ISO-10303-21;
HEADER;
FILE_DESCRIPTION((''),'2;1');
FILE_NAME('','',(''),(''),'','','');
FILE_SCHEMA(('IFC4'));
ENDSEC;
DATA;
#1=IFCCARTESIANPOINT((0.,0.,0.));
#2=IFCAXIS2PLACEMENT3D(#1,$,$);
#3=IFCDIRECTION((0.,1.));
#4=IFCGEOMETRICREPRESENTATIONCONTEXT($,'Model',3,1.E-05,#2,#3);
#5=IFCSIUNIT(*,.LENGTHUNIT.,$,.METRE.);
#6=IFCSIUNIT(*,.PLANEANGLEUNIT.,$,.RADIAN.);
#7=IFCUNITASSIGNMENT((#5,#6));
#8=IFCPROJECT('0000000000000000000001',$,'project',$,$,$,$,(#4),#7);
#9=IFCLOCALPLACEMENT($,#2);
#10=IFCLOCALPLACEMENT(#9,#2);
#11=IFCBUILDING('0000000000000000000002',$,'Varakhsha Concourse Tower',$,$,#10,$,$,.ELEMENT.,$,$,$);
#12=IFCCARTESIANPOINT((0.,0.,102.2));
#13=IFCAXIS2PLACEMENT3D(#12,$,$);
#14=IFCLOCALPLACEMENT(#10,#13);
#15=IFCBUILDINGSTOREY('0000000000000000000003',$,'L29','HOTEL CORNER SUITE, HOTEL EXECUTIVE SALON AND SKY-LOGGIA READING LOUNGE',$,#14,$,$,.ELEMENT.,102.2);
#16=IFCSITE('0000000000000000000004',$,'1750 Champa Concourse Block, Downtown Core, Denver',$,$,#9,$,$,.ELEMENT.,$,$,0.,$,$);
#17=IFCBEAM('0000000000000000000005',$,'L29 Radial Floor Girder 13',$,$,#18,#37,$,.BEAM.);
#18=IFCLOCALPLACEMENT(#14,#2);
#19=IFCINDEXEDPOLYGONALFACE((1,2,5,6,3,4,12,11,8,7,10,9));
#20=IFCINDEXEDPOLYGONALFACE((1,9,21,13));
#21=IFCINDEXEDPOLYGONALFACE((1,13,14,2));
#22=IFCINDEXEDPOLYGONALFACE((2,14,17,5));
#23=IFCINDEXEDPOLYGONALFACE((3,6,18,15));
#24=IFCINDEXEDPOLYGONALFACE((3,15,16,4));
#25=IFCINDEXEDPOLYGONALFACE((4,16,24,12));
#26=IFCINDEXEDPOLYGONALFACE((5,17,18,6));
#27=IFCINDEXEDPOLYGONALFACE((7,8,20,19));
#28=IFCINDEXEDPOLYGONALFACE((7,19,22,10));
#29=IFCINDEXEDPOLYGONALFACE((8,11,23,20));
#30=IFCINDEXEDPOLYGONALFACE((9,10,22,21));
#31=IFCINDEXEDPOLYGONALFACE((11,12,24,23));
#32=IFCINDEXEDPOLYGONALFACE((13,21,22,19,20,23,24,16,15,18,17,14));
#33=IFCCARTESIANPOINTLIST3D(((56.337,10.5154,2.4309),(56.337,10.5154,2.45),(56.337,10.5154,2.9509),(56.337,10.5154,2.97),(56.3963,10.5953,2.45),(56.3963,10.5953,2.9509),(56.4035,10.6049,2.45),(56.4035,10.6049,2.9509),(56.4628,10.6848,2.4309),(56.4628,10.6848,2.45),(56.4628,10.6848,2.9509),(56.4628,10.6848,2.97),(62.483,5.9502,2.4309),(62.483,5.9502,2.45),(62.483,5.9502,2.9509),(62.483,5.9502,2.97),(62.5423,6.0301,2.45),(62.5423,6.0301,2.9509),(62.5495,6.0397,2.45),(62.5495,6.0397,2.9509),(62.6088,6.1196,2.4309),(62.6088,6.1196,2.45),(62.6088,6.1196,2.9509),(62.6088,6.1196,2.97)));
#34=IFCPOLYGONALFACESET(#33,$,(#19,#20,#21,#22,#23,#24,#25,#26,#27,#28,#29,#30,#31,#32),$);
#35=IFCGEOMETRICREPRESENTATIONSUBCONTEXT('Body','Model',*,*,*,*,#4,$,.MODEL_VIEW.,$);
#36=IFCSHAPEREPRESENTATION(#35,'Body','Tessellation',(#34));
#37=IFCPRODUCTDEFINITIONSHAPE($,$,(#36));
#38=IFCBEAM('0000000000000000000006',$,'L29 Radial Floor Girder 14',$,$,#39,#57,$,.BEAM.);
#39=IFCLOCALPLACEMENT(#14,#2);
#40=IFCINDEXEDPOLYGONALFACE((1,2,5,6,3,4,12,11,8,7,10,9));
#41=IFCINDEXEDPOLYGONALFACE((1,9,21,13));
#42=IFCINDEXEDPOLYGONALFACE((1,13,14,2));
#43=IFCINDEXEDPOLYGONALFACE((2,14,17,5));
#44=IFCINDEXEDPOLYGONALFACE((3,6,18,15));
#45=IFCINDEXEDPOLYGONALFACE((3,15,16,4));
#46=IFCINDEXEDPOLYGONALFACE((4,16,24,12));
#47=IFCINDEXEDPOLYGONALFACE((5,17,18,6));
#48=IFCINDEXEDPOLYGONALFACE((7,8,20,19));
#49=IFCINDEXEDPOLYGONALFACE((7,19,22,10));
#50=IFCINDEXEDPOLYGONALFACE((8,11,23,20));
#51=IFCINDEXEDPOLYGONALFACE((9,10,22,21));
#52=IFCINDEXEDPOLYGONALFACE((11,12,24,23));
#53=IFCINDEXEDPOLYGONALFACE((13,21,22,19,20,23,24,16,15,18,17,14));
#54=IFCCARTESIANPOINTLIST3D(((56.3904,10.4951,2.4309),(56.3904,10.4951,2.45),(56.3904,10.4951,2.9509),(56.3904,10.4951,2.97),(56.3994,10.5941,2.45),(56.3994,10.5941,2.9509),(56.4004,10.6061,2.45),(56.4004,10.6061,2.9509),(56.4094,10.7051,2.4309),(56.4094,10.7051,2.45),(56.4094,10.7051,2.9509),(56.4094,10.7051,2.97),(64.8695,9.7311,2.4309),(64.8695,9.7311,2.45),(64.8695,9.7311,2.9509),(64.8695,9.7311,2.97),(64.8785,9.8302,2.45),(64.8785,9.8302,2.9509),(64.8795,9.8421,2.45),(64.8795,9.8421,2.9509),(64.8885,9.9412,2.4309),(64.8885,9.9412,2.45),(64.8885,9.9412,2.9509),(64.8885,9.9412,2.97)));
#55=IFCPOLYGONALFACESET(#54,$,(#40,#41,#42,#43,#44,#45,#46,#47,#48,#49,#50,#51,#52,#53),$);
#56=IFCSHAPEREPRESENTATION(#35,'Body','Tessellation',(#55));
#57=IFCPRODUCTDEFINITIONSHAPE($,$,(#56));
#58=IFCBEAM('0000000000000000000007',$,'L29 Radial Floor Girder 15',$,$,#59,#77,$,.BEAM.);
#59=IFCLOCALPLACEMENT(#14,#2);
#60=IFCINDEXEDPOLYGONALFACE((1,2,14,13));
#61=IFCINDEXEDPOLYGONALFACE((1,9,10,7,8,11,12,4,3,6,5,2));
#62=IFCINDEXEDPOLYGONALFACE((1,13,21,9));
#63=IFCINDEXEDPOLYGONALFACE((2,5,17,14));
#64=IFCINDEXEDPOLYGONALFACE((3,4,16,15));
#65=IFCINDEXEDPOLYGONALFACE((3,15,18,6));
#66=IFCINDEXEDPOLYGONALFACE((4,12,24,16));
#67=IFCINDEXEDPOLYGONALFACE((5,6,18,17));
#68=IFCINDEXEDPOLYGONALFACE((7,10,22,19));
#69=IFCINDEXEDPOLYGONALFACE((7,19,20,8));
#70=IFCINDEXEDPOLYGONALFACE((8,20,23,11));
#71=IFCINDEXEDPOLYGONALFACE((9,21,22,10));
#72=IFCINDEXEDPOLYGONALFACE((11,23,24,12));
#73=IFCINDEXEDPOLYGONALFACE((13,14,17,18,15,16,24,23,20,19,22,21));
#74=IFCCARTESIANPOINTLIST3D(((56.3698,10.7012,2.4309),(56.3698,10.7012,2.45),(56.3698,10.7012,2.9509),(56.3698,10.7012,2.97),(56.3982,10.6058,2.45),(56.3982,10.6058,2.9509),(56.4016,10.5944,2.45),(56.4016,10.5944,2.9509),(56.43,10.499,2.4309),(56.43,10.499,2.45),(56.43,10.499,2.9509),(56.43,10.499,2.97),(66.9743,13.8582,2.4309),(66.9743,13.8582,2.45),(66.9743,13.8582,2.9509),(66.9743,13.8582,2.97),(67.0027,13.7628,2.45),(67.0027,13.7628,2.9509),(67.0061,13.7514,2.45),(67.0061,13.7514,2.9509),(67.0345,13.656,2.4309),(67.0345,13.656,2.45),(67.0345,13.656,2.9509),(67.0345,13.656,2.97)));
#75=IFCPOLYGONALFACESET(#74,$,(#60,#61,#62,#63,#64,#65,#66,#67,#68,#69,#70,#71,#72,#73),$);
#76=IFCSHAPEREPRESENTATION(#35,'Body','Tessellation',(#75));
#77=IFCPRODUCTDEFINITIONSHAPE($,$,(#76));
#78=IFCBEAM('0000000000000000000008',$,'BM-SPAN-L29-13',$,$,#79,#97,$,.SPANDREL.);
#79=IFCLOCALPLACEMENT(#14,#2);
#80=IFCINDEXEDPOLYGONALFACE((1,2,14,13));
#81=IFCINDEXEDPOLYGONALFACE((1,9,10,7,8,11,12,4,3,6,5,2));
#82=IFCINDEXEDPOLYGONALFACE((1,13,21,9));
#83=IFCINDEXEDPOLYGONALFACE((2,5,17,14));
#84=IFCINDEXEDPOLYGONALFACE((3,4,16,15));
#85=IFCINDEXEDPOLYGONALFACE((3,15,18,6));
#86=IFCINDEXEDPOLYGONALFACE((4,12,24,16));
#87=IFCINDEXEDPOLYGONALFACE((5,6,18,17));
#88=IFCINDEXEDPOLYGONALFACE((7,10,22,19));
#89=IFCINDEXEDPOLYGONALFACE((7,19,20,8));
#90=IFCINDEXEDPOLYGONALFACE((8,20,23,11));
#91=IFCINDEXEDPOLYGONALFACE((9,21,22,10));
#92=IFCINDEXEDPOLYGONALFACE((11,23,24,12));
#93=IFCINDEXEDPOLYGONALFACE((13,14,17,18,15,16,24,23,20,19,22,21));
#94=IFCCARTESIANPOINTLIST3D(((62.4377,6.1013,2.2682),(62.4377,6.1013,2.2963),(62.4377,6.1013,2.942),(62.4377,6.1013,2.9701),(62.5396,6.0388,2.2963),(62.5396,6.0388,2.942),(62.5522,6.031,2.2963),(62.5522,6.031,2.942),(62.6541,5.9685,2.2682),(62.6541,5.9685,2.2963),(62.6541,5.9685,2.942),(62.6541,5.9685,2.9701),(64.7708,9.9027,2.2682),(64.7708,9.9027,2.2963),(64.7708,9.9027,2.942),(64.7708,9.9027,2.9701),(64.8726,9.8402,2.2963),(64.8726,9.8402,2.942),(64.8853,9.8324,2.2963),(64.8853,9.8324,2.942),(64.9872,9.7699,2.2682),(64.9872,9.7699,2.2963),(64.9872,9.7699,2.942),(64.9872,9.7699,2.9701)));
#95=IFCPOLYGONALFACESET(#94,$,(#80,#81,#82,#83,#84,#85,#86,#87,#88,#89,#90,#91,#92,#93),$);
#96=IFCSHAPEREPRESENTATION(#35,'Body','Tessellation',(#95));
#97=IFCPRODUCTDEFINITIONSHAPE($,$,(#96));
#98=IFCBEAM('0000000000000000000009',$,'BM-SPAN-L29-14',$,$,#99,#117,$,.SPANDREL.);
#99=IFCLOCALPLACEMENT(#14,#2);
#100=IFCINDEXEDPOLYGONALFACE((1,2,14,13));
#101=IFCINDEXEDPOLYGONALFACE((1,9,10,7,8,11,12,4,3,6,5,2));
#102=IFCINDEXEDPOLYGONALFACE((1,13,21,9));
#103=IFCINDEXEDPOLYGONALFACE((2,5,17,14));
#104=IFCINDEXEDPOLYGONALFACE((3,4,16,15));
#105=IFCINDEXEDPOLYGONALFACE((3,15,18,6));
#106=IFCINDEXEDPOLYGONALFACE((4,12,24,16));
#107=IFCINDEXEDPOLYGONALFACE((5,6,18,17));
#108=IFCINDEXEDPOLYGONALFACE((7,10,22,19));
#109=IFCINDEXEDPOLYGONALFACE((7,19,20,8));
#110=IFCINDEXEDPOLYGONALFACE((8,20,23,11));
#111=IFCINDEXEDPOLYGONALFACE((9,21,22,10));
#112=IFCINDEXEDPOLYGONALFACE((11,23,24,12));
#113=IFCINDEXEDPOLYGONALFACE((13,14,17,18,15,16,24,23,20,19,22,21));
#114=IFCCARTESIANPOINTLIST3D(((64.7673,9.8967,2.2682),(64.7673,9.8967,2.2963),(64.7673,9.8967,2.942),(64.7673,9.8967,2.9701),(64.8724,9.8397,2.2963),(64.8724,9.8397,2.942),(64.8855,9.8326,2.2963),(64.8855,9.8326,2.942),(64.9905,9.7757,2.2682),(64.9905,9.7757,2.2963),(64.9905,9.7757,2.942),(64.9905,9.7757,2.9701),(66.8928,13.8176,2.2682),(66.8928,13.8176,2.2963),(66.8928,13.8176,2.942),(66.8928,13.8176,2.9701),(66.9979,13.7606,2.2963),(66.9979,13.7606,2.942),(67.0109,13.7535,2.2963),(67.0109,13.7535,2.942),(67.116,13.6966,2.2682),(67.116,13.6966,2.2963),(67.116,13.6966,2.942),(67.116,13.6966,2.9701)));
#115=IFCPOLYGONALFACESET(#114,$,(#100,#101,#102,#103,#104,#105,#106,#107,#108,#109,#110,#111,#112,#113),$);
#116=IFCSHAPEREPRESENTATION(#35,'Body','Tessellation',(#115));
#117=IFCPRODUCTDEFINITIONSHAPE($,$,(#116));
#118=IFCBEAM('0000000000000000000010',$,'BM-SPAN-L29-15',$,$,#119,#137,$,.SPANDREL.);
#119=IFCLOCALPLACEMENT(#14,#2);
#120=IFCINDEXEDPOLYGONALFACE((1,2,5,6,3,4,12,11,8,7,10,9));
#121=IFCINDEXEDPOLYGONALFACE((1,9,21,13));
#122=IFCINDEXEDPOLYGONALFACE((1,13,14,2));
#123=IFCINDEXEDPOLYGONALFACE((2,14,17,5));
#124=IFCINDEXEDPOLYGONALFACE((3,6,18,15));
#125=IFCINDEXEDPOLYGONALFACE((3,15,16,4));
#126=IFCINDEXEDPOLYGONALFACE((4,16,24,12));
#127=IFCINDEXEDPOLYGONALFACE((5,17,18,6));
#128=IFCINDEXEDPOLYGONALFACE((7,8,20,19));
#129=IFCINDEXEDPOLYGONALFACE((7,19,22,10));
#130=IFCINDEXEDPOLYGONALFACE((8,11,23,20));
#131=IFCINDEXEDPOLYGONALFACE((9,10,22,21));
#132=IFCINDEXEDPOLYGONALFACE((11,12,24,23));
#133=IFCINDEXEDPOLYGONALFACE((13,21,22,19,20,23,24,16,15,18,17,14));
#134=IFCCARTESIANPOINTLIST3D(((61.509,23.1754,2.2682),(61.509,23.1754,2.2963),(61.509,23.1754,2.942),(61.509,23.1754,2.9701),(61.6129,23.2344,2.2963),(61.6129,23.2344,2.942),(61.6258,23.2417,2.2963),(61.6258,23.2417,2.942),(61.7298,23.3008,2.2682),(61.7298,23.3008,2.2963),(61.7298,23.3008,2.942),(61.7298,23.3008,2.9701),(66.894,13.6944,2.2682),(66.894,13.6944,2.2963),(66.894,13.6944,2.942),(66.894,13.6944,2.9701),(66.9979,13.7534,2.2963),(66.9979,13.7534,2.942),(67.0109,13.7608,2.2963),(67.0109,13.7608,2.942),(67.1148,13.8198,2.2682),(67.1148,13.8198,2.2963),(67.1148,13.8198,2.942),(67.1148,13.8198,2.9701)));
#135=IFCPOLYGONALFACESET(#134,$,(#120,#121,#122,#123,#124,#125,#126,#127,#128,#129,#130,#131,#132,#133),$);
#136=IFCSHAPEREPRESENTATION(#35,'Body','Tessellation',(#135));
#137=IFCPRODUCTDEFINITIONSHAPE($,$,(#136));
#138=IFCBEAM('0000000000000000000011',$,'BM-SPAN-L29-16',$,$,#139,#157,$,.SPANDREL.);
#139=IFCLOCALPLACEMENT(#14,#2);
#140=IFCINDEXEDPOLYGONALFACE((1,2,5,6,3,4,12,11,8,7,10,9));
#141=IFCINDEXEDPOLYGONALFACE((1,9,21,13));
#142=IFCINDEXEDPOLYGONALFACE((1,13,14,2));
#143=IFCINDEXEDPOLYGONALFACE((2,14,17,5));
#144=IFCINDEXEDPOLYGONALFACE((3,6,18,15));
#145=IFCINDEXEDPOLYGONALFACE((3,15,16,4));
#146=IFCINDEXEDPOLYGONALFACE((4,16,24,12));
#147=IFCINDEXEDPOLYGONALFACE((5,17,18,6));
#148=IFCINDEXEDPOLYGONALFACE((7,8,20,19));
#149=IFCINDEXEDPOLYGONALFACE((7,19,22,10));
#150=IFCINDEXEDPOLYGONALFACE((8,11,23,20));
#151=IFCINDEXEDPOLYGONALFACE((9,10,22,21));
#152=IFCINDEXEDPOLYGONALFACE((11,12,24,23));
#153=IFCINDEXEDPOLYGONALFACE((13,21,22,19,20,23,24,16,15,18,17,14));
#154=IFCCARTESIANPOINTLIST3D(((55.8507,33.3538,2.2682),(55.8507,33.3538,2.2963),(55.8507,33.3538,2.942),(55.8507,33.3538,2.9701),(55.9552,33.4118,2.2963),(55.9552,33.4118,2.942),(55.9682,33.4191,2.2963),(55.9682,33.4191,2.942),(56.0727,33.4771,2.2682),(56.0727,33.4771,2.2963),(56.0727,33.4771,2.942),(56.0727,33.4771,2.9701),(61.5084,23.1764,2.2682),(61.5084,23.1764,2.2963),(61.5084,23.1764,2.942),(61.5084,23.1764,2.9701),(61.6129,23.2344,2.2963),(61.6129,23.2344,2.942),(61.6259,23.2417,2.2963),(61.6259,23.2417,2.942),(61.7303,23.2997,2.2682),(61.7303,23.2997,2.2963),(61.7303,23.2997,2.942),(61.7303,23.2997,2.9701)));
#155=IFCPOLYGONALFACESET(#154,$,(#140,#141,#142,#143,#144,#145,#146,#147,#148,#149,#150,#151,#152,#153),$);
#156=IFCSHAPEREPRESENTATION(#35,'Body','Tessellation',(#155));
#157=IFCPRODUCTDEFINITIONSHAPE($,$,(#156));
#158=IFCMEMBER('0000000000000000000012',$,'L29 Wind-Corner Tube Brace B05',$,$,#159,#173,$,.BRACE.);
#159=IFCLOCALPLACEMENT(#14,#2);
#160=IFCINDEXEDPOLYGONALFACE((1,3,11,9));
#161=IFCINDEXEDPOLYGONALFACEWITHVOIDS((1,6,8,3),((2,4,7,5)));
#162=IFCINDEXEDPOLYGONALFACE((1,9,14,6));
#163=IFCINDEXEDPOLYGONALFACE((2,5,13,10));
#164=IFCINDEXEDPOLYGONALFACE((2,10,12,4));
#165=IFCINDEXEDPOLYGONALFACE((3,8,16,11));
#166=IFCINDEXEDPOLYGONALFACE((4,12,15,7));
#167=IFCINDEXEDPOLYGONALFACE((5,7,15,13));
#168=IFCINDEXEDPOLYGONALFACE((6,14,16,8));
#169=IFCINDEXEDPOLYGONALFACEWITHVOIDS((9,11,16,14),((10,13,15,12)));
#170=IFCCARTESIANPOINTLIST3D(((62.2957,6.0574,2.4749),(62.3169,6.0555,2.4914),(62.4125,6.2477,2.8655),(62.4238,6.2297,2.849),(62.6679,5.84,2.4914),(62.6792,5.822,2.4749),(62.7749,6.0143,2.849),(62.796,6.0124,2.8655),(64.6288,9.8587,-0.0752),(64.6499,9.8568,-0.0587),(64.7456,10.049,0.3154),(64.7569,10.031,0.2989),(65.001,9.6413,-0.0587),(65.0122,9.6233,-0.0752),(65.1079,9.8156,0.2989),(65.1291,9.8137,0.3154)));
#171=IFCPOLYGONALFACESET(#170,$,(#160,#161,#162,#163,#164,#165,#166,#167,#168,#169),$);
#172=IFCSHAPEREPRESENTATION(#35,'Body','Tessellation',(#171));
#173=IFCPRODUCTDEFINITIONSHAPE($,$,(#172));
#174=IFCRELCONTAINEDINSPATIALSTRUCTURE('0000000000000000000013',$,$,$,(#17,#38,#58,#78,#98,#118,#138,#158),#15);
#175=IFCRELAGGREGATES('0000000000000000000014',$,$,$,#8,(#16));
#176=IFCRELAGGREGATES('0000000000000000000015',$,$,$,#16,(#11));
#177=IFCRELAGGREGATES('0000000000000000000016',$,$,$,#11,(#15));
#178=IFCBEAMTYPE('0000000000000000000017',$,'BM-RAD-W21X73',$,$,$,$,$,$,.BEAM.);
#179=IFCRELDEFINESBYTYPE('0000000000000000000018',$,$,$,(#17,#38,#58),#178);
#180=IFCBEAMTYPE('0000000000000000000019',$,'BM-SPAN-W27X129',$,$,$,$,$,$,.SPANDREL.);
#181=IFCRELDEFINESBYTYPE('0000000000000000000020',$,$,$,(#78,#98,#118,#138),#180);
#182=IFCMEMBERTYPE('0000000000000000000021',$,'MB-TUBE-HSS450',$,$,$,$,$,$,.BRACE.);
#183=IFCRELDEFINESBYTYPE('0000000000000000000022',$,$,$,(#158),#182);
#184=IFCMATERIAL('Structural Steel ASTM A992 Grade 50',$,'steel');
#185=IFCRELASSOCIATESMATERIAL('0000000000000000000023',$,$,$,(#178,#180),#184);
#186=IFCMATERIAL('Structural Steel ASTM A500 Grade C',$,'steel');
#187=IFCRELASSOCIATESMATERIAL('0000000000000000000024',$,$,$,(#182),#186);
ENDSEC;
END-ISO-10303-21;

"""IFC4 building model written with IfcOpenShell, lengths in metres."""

from ifc_helpers import new_model, si_unit, direction, frame, origin, origin_2d, place, context, subcontext, project, spatial, hollow_rectangle, i_section, extrude, source, transform, mapped, material, material_profile, profile_set, type_object, element, save


model = new_model("IFC4")

# Units and contexts
model_context = context("Model", 3, precision=1e-05, world=origin(), true_north=direction((0.0, 1.0)))
body_context = subcontext(model_context, "Body", "Model", "MODEL_VIEW")
ifc_project = project(units=[si_unit("LENGTHUNIT", "METRE"), si_unit("PLANEANGLEUNIT", "RADIAN")], contexts=[model_context])

# Site, building, storey
site_placement = place(None, origin())
site = spatial("IfcSite", under=ifc_project, at=site_placement, Name="1750 Champa Concourse Block, Downtown Core, Denver", CompositionType="ELEMENT", RefElevation=0.0)
building_placement = place(site_placement, origin())
building = spatial("IfcBuilding", under=site, at=building_placement, Name="Varakhsha Concourse Tower", CompositionType="ELEMENT")
storey_placement = place(building_placement, frame((0.0, 0.0, 102.2)))
storey = spatial("IfcBuildingStorey", under=building, at=storey_placement, Name="L29", Description="HOTEL CORNER SUITE, HOTEL EXECUTIVE SALON AND SKY-LOGGIA READING LOUNGE", CompositionType="ELEMENT", Elevation=102.2)

# Shared definitions
ifc_material_1 = material(Name="Structural Steel ASTM A992 Grade 50", Category="steel")

# Beams
ifc_material_profile_1 = material_profile(ifc_material_1, i_section(OverallWidth=0.2109, OverallDepth=0.5391, WebThickness=0.012, FlangeThickness=0.019, at=origin_2d()), Name="W21X73")
ifc_profile_set_1 = profile_set([ifc_material_profile_1], Name="Structural Steel ASTM A992 Grade 50")
beam_type_1 = type_object("IfcBeamType", Name="BM-RAD-W21X73", PredefinedType="BEAM", material=ifc_profile_set_1)
beam_1_placement = place(storey_placement, frame((56.3999, 10.6001, 2.7004), z_axis=(0.80277, -0.596289, 0.0), x_axis=(0.596289, 0.80277, 0.0)))
element("IfcBeam", 1, at=beam_1_placement, inside=storey, type_object=beam_type_1, Name="L29 Radial Floor Girder 13", PredefinedType="BEAM", context=body_context, shape_type="SweptSolid", body=[
    extrude(i_section(OverallWidth=0.2109, OverallDepth=0.5391, WebThickness=0.012, FlangeThickness=0.019, at=origin_2d()), origin(), (0.0, 0.0, 1.0), 7.656),
])
beam_2_placement = place(storey_placement, frame((56.3999, 10.6001, 2.7004), z_axis=(0.995966, -0.089732, 0.0), x_axis=(0.089732, 0.995966, 0.0)))
element("IfcBeam", 2, at=beam_2_placement, inside=storey, type_object=beam_type_1, Name="L29 Radial Floor Girder 14", PredefinedType="BEAM", context=body_context, shape_type="SweptSolid", body=[
    extrude(i_section(OverallWidth=0.2109, OverallDepth=0.5391, WebThickness=0.012, FlangeThickness=0.019, at=origin_2d()), origin(), (0.0, 0.0, 1.0), 8.5134),
])
beam_3_placement = place(storey_placement, frame((56.3999, 10.6001, 2.7004), z_axis=(0.95843, 0.285327, 0.0), x_axis=(-0.285327, 0.95843, 0.0)))
element("IfcBeam", 3, at=beam_3_placement, inside=storey, type_object=beam_type_1, Name="L29 Radial Floor Girder 15", PredefinedType="BEAM", context=body_context, shape_type="SweptSolid", body=[
    extrude(i_section(OverallWidth=0.2109, OverallDepth=0.5391, WebThickness=0.012, FlangeThickness=0.019, at=origin_2d()), origin(), (0.0, 0.0, 1.0), 11.0645),
])
ifc_material_profile_2 = material_profile(ifc_material_1, i_section(OverallWidth=0.2539, OverallDepth=0.7019, WebThickness=0.0149, FlangeThickness=0.0281, at=origin_2d()), Name="W27X129")
ifc_profile_set_2 = profile_set([ifc_material_profile_2], Name="Structural Steel ASTM A992 Grade 50")
beam_type_2 = type_object("IfcBeamType", Name="BM-SPAN-W27X129", PredefinedType="SPANDREL", material=ifc_profile_set_2)
beam_4_placement = place(storey_placement, frame((62.5459, 6.0349, 2.6191), z_axis=(0.523083, 0.852282, 0.0), x_axis=(-0.852282, 0.523083, 0.0)))
element("IfcBeam", 4, at=beam_4_placement, inside=storey, type_object=beam_type_2, Name="BM-SPAN-L29-13", PredefinedType="SPANDREL", context=body_context, shape_type="SweptSolid", body=[
    extrude(i_section(OverallWidth=0.2539, OverallDepth=0.7019, WebThickness=0.0149, FlangeThickness=0.0281, at=origin_2d()), origin(), (0.0, 0.0, 1.0), 4.4602),
])
beam_5_placement = place(storey_placement, frame((64.8789, 9.8362, 2.6191), z_axis=(0.476572, 0.879135, 0.0), x_axis=(-0.879135, 0.476572, 0.0)))
element("IfcBeam", 5, at=beam_5_placement, inside=storey, type_object=beam_type_2, Name="BM-SPAN-L29-14", PredefinedType="SPANDREL", context=body_context, shape_type="SweptSolid", body=[
    extrude(i_section(OverallWidth=0.2539, OverallDepth=0.7019, WebThickness=0.0149, FlangeThickness=0.0281, at=origin_2d()), origin(), (0.0, 0.0, 1.0), 4.46),
])
beam_6_placement = place(storey_placement, frame((67.0044, 13.7571, 2.6191), z_axis=(-0.493878, 0.869531, 0.0), x_axis=(-0.869531, -0.493878, 0.0)))
element("IfcBeam", 6, at=beam_6_placement, inside=storey, type_object=beam_type_2, Name="BM-SPAN-L29-15", PredefinedType="SPANDREL", context=body_context, shape_type="SweptSolid", body=[
    extrude(i_section(OverallWidth=0.2539, OverallDepth=0.7019, WebThickness=0.0149, FlangeThickness=0.0281, at=origin_2d()), origin(), (0.0, 0.0, 1.0), 10.9036),
])
beam_7_placement = place(storey_placement, frame((61.6194, 23.238, 2.6191), z_axis=(-0.485876, 0.874028, 0.0), x_axis=(-0.874028, -0.485876, 0.0)))
element("IfcBeam", 7, at=beam_7_placement, inside=storey, type_object=beam_type_2, Name="BM-SPAN-L29-16", PredefinedType="SPANDREL", context=body_context, shape_type="SweptSolid", body=[
    extrude(i_section(OverallWidth=0.2539, OverallDepth=0.7019, WebThickness=0.0149, FlangeThickness=0.0281, at=origin_2d()), origin(), (0.0, 0.0, 1.0), 11.6443),
])

# Member
ifc_material_2 = material(Name="Structural Steel ASTM A500 Grade C", Category="steel")
ifc_material_profile_3 = material_profile(ifc_material_2, hollow_rectangle(XDim=0.45, YDim=0.45, WallThickness=0.019, at=origin_2d()), Name="HSS 450x450x19")
ifc_profile_set_3 = profile_set([ifc_material_profile_3], Name="Structural Steel ASTM A500 Grade C")
member_type_1 = type_object("IfcMemberType", Name="MB-TUBE-HSS450", PredefinedType="BRACE", material=ifc_profile_set_3)
shared_shape_1 = source(origin(), body_context, "Body", "SweptSolid", [
    extrude(hollow_rectangle(XDim=0.45, YDim=0.45, WallThickness=0.019, at=origin_2d()), origin(), (0.0, 0.0, 1.0), 5.1377),
])
member_1_placement = place(storey_placement, frame((64.8789, 9.8362, 0.1201), z_axis=(-0.454101, -0.739887, 0.496347), x_axis=(0.852282, -0.523083, 0.0)))
element("IfcMember", 8, at=member_1_placement, inside=storey, type_object=member_type_1, Name="L29 Wind-Corner Tube Brace B05", PredefinedType="BRACE", context=body_context, shape_type="MappedRepresentation", body=[
    mapped(shared_shape_1, transform((0.0, 0.0, 0.0), scale=1.0)),
])

save(model, "model.ifc")
